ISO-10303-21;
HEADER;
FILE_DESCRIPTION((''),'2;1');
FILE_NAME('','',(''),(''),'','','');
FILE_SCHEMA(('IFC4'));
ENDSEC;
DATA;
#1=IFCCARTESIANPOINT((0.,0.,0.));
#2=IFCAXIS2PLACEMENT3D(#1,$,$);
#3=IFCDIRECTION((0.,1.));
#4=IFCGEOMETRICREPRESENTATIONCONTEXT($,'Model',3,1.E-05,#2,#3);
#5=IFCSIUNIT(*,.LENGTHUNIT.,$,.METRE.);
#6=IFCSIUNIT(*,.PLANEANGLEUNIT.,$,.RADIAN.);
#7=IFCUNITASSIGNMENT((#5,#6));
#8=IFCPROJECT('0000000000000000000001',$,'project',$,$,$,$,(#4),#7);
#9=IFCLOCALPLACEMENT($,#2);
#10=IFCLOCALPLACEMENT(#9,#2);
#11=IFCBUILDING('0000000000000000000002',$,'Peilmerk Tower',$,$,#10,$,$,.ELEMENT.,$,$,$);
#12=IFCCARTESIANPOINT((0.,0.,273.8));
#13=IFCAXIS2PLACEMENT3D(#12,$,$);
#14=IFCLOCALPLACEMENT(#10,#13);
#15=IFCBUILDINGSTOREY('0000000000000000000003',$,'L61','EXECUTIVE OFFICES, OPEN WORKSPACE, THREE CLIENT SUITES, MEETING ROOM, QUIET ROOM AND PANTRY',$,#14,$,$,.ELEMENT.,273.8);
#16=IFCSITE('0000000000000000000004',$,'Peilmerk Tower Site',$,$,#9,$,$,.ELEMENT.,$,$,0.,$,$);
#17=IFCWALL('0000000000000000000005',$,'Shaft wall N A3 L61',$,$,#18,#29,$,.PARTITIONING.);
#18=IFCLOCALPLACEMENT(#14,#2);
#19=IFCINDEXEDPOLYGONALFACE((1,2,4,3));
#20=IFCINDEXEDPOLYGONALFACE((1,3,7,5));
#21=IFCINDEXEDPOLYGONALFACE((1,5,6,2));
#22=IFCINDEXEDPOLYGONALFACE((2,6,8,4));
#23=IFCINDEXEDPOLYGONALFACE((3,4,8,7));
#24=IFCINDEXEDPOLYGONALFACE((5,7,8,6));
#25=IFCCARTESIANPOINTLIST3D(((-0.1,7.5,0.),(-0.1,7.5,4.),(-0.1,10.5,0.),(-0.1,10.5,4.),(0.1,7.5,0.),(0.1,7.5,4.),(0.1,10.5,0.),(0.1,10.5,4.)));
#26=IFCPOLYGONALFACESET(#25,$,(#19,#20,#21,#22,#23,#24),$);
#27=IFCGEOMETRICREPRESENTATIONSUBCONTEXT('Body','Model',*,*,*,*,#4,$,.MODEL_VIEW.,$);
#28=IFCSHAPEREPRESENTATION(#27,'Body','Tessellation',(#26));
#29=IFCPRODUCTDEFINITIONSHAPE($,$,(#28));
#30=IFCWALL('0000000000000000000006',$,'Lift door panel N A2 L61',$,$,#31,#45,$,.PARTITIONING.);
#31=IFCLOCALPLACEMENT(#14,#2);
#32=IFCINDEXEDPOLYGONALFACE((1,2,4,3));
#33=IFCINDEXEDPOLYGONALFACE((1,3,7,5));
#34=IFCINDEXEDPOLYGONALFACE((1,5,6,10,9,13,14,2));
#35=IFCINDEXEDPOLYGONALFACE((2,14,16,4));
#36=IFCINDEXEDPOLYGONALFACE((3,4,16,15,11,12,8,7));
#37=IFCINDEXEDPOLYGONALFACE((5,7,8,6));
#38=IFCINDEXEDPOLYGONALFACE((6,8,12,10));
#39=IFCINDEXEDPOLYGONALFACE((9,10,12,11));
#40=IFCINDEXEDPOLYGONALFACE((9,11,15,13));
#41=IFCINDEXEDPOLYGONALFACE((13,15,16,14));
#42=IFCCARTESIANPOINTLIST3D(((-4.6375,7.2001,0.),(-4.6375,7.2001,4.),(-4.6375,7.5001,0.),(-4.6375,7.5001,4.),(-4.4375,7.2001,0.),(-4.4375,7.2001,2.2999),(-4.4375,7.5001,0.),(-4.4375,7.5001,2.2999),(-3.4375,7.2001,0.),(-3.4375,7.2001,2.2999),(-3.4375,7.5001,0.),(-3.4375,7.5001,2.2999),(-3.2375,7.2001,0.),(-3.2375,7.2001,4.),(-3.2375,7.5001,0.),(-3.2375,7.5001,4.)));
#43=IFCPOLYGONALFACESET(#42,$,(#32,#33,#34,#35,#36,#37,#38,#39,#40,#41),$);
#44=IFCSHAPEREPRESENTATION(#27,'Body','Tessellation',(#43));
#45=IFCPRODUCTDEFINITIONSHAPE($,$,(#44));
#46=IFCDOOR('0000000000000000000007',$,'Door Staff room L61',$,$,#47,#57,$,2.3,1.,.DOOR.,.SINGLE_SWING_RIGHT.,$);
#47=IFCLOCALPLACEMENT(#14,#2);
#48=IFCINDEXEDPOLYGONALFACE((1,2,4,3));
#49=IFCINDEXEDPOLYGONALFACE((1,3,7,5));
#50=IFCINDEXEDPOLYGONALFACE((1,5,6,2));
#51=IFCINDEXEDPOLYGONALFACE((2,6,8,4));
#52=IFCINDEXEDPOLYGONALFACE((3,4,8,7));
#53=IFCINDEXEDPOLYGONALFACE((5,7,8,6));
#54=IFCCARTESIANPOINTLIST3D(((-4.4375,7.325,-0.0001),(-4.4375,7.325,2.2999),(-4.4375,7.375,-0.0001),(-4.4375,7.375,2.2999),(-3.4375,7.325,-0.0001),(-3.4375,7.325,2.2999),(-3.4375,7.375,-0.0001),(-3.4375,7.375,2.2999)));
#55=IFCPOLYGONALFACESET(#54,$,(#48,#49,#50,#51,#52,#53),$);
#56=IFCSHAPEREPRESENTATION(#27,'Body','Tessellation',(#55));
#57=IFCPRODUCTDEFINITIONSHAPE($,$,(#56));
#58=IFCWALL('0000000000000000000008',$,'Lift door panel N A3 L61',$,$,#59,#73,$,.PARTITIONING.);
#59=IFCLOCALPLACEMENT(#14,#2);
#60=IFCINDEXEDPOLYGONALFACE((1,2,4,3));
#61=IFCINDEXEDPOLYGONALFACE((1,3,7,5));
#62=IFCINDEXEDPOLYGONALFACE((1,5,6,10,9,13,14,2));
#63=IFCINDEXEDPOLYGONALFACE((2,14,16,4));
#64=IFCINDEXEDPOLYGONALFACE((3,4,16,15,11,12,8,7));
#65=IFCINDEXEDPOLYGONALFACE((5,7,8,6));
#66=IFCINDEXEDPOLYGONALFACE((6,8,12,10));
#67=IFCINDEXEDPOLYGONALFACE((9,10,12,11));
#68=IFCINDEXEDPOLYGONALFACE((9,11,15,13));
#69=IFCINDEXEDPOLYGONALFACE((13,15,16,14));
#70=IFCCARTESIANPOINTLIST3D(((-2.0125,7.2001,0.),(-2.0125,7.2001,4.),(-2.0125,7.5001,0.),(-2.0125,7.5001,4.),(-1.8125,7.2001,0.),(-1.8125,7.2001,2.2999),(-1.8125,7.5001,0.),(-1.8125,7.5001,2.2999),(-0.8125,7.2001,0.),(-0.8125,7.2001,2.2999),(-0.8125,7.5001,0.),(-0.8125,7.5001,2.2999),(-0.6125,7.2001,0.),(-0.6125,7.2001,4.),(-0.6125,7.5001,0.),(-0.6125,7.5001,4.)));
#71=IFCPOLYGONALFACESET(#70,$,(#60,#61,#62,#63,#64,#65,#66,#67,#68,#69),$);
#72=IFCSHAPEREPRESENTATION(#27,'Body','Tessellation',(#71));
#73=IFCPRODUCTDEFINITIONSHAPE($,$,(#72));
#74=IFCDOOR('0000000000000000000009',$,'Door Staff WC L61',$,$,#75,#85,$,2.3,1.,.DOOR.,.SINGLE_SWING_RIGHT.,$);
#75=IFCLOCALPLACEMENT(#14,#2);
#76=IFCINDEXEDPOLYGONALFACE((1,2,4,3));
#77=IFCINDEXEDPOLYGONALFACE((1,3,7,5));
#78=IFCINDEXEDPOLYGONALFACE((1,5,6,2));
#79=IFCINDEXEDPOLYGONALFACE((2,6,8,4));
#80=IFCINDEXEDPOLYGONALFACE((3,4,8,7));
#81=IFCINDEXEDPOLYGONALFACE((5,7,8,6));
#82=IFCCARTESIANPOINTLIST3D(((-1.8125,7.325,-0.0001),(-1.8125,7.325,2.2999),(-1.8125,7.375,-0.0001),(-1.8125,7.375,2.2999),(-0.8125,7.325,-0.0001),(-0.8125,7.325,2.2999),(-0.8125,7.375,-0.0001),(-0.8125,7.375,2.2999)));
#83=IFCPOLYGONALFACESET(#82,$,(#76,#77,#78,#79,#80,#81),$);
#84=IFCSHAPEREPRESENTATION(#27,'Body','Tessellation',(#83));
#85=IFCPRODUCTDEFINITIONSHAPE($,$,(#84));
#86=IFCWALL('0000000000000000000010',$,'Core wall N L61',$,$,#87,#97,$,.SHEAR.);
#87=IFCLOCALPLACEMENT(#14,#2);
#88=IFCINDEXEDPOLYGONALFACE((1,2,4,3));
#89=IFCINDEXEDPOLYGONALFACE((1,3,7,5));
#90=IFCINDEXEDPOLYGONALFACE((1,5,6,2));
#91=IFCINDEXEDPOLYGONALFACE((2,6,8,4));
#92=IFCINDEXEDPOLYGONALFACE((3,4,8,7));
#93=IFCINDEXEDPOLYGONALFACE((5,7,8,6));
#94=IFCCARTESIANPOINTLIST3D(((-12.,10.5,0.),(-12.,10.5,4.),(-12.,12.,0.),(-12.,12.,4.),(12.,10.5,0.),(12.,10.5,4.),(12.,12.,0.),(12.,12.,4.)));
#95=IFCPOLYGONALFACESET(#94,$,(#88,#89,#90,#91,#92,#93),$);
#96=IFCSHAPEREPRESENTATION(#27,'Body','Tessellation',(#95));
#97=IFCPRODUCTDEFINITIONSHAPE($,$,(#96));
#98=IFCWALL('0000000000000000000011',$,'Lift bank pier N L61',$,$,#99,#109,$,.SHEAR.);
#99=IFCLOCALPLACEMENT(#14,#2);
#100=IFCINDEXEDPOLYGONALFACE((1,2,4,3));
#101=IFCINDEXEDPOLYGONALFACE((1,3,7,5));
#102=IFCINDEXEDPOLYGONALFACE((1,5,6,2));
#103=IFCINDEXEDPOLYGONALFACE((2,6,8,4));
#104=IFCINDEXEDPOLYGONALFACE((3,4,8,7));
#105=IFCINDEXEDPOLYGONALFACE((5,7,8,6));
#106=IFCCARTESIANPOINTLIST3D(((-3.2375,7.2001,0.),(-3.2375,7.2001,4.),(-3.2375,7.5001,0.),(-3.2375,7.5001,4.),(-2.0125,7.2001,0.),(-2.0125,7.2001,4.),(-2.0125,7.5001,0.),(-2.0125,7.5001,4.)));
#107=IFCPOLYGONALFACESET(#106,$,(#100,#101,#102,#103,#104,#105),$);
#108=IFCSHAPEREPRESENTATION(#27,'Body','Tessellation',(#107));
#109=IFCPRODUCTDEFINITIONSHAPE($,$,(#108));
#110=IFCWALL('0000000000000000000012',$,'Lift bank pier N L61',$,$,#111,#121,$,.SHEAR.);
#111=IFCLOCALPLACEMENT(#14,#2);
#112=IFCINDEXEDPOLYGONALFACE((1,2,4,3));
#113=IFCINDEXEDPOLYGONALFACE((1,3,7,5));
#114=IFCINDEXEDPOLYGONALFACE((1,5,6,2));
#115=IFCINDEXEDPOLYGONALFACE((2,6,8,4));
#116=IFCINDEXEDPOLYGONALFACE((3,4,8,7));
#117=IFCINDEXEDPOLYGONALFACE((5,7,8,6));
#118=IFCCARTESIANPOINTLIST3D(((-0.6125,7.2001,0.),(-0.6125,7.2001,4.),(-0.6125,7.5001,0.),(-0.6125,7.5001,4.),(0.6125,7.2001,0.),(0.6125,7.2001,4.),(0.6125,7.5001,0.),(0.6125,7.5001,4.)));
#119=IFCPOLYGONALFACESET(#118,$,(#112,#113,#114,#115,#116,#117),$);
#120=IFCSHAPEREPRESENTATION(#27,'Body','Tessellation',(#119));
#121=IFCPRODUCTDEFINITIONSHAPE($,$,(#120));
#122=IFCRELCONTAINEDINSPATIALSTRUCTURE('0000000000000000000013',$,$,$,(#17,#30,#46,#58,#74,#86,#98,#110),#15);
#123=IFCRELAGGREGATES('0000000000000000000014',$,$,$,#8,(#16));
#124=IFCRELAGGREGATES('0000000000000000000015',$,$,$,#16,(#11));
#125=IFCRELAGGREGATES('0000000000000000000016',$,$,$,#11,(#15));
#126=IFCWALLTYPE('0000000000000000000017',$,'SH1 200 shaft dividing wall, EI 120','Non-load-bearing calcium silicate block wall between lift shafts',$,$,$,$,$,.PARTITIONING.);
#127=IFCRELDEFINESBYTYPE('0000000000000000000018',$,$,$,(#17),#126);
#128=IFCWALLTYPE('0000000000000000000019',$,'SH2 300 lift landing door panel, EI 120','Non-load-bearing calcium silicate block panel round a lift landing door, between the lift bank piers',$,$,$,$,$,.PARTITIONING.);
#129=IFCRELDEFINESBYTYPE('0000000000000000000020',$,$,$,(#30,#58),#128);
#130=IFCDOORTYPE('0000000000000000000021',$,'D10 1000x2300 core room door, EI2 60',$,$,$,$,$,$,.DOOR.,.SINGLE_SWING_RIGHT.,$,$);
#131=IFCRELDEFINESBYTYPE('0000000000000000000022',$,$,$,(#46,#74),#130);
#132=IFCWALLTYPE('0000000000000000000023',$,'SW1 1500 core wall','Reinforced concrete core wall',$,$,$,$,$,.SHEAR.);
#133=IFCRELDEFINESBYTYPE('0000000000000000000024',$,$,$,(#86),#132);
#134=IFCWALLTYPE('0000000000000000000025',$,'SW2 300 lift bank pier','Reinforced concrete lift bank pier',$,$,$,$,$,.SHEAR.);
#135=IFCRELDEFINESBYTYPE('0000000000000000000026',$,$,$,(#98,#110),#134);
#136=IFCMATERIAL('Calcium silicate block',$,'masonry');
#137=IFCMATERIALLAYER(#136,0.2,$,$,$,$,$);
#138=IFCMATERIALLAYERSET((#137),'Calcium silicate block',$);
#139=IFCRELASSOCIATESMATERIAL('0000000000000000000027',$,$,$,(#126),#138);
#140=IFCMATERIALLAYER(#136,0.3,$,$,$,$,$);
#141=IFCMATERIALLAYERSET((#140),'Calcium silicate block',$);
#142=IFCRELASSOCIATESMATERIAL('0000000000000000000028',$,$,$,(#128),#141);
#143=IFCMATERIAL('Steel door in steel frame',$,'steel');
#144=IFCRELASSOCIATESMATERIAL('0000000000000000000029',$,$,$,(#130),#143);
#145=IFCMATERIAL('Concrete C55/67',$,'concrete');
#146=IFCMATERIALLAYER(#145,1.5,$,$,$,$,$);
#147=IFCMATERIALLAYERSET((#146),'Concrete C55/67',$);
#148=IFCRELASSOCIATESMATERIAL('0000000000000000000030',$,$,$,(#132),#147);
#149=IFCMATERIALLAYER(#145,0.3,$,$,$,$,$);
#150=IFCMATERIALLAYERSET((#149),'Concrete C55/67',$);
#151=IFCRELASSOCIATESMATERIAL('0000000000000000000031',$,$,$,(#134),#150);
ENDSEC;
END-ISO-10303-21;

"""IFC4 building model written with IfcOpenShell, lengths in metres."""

from ifc_helpers import new_model, si_unit, direction, frame, frame_2d, origin, place, context, subcontext, project, spatial, rectangle, extrude, material, layer, layer_set, type_object, element, fill, save


model = new_model("IFC4")

# Units and contexts
model_context = context("Model", 3, precision=1e-05, world=origin(), true_north=direction((0.0, 1.0)))
body_context = subcontext(model_context, "Body", "Model", "MODEL_VIEW")
ifc_project = project(units=[si_unit("LENGTHUNIT", "METRE"), si_unit("PLANEANGLEUNIT", "RADIAN")], contexts=[model_context])

# Site, building, storey
site_placement = place(None, origin())
site = spatial("IfcSite", under=ifc_project, at=site_placement, Name="Peilmerk Tower Site", CompositionType="ELEMENT", RefElevation=0.0)
building_placement = place(site_placement, origin())
building = spatial("IfcBuilding", under=site, at=building_placement, Name="Peilmerk Tower", CompositionType="ELEMENT")
storey_placement = place(building_placement, frame((0.0, 0.0, 273.8)))
storey = spatial("IfcBuildingStorey", under=building, at=storey_placement, Name="L61", Description="EXECUTIVE OFFICES, OPEN WORKSPACE, THREE CLIENT SUITES, MEETING ROOM, QUIET ROOM AND PANTRY", CompositionType="ELEMENT", Elevation=273.8)

# Shared definitions
ifc_material_1 = material(Name="Calcium silicate block", Category="masonry")

# Wall
ifc_layer_1 = layer(ifc_material_1, 0.2)
ifc_layer_set_1 = layer_set([ifc_layer_1], Name="Calcium silicate block")
wall_type_1 = type_object("IfcWallType", Name="SH1 200 shaft dividing wall, EI 120", Description="Non-load-bearing calcium silicate block wall between lift shafts", PredefinedType="PARTITIONING", material=ifc_layer_set_1)
for number, where, z_axis, x_axis, name in (
    (1, (0.0, 7.5, 0.0), (0.0, 0.0, 1.0), (0.0, 1.0, 0.0), "Shaft wall N A3 L61"),
):
    element("IfcWall", number, at=place(storey_placement, frame(where, z_axis=z_axis, x_axis=x_axis)), inside=storey, type_object=wall_type_1, Name=name, PredefinedType="PARTITIONING", context=body_context, shape_type="SweptSolid", body=[
        extrude(rectangle(XDim=3.0, YDim=0.2, at=frame_2d((1.5, 0.0))), origin(), (0.0, 0.0, 1.0), 4.0),
    ])

# Walls, openings, doors
ifc_layer_2 = layer(ifc_material_1, 0.3)
ifc_layer_set_2 = layer_set([ifc_layer_2], Name="Calcium silicate block")
wall_type_2 = type_object("IfcWallType", Name="SH2 300 lift landing door panel, EI 120", Description="Non-load-bearing calcium silicate block panel round a lift landing door, between the lift bank piers", PredefinedType="PARTITIONING", material=ifc_layer_set_2)
wall_1_placement = place(storey_placement, frame((-4.6375, 7.3501, 0.0), z_axis=(0.0, 0.0, 1.0), x_axis=(1.0, 0.0, 0.0)))
wall_1 = element("IfcWall", 2, at=wall_1_placement, inside=storey, type_object=wall_type_2, Name="Lift door panel N A2 L61", PredefinedType="PARTITIONING", context=body_context, shape_type="SweptSolid", body=[
    extrude(rectangle(XDim=1.3999, YDim=0.3, at=frame_2d((0.7, 0.0))), origin(), (0.0, 0.0, 1.0), 4.0),
])
opening_1_placement = place(wall_1_placement, frame((0.2, 0.0, 0.0)))
opening_1 = element("IfcOpeningElement", 3, at=opening_1_placement, cuts=wall_1, PredefinedType="OPENING", context=body_context, shape_type="SweptSolid", body=[
    extrude(rectangle(XDim=1.0, YDim=2.3, at=frame_2d((0.5, 1.1499))), frame((0.0, 0.1599, 0.0), z_axis=(0.0, -1.0, 0.0), x_axis=(1.0, 0.0, 0.0)), (0.0, 0.0, 1.0), 0.3201),
])
ifc_material_2 = material(Name="Steel door in steel frame", Category="steel")
door_type_1 = type_object("IfcDoorType", Name="D10 1000x2300 core room door, EI2 60", OperationType="SINGLE_SWING_RIGHT", PredefinedType="DOOR", material=ifc_material_2)
door_1_placement = place(opening_1_placement, origin())
door_1 = element("IfcDoor", 4, at=door_1_placement, inside=storey, type_object=door_type_1, Name="Door Staff room L61", OperationType="SINGLE_SWING_RIGHT", OverallHeight=2.3, OverallWidth=1.0, PredefinedType="DOOR", context=body_context, shape_type="SweptSolid", body=[
    extrude(rectangle(XDim=1.0, YDim=2.3, at=frame_2d((0.5, 1.1499))), frame((0.0, 0.0249, 0.0), z_axis=(0.0, -1.0, 0.0), x_axis=(1.0, 0.0, 0.0)), (0.0, 0.0, 1.0), 0.05),
])
fill(opening_1, door_1)
wall_2_placement = place(storey_placement, frame((-2.0125, 7.3501, 0.0), z_axis=(0.0, 0.0, 1.0), x_axis=(1.0, 0.0, 0.0)))
wall_2 = element("IfcWall", 5, at=wall_2_placement, inside=storey, type_object=wall_type_2, Name="Lift door panel N A3 L61", PredefinedType="PARTITIONING", context=body_context, shape_type="SweptSolid", body=[
    extrude(rectangle(XDim=1.3999, YDim=0.3, at=frame_2d((0.7, 0.0))), origin(), (0.0, 0.0, 1.0), 4.0),
])
opening_2_placement = place(wall_2_placement, frame((0.2, 0.0, 0.0)))
opening_2 = element("IfcOpeningElement", 6, at=opening_2_placement, cuts=wall_2, PredefinedType="OPENING", context=body_context, shape_type="SweptSolid", body=[
    extrude(rectangle(XDim=1.0, YDim=2.3, at=frame_2d((0.5, 1.1499))), frame((0.0, 0.1599, 0.0), z_axis=(0.0, -1.0, 0.0), x_axis=(1.0, 0.0, 0.0)), (0.0, 0.0, 1.0), 0.3201),
])
door_2_placement = place(opening_2_placement, origin())
door_2 = element("IfcDoor", 7, at=door_2_placement, inside=storey, type_object=door_type_1, Name="Door Staff WC L61", OperationType="SINGLE_SWING_RIGHT", OverallHeight=2.3, OverallWidth=1.0, PredefinedType="DOOR", context=body_context, shape_type="SweptSolid", body=[
    extrude(rectangle(XDim=1.0, YDim=2.3, at=frame_2d((0.5, 1.1499))), frame((0.0, 0.0249, 0.0), z_axis=(0.0, -1.0, 0.0), x_axis=(1.0, 0.0, 0.0)), (0.0, 0.0, 1.0), 0.05),
])
fill(opening_2, door_2)

# Walls
ifc_material_3 = material(Name="Concrete C55/67", Category="concrete")
ifc_layer_3 = layer(ifc_material_3, 1.5)
ifc_layer_set_3 = layer_set([ifc_layer_3], Name="Concrete C55/67")
wall_type_3 = type_object("IfcWallType", Name="SW1 1500 core wall", Description="Reinforced concrete core wall", PredefinedType="SHEAR", material=ifc_layer_set_3)
wall_3_placement = place(storey_placement, frame((-12.0, 11.25, 0.0), z_axis=(0.0, 0.0, 1.0), x_axis=(1.0, 0.0, 0.0)))
element("IfcWall", 8, at=wall_3_placement, inside=storey, type_object=wall_type_3, Name="Core wall N L61", PredefinedType="SHEAR", context=body_context, shape_type="SweptSolid", body=[
    extrude(rectangle(XDim=24.0, YDim=1.5, at=frame_2d((12.0, 0.0))), origin(), (0.0, 0.0, 1.0), 4.0),
])
ifc_layer_4 = layer(ifc_material_3, 0.3)
ifc_layer_set_4 = layer_set([ifc_layer_4], Name="Concrete C55/67")
wall_type_4 = type_object("IfcWallType", Name="SW2 300 lift bank pier", Description="Reinforced concrete lift bank pier", PredefinedType="SHEAR", material=ifc_layer_set_4)
for number, where, z_axis, x_axis, name in (
    (9, (-3.2375, 7.3501, 0.0), (0.0, 0.0, 1.0), (1.0, 0.0, 0.0), "Lift bank pier N L61"),
    (10, (-0.6125, 7.3501, 0.0), (0.0, 0.0, 1.0), (1.0, 0.0, 0.0), "Lift bank pier N L61"),
):
    element("IfcWall", number, at=place(storey_placement, frame(where, z_axis=z_axis, x_axis=x_axis)), inside=storey, type_object=wall_type_4, Name=name, PredefinedType="SHEAR", context=body_context, shape_type="SweptSolid", body=[
        extrude(rectangle(XDim=1.2251, YDim=0.3, at=frame_2d((0.6125, 0.0))), origin(), (0.0, 0.0, 1.0), 4.0),
    ])

save(model, "model.ifc")
